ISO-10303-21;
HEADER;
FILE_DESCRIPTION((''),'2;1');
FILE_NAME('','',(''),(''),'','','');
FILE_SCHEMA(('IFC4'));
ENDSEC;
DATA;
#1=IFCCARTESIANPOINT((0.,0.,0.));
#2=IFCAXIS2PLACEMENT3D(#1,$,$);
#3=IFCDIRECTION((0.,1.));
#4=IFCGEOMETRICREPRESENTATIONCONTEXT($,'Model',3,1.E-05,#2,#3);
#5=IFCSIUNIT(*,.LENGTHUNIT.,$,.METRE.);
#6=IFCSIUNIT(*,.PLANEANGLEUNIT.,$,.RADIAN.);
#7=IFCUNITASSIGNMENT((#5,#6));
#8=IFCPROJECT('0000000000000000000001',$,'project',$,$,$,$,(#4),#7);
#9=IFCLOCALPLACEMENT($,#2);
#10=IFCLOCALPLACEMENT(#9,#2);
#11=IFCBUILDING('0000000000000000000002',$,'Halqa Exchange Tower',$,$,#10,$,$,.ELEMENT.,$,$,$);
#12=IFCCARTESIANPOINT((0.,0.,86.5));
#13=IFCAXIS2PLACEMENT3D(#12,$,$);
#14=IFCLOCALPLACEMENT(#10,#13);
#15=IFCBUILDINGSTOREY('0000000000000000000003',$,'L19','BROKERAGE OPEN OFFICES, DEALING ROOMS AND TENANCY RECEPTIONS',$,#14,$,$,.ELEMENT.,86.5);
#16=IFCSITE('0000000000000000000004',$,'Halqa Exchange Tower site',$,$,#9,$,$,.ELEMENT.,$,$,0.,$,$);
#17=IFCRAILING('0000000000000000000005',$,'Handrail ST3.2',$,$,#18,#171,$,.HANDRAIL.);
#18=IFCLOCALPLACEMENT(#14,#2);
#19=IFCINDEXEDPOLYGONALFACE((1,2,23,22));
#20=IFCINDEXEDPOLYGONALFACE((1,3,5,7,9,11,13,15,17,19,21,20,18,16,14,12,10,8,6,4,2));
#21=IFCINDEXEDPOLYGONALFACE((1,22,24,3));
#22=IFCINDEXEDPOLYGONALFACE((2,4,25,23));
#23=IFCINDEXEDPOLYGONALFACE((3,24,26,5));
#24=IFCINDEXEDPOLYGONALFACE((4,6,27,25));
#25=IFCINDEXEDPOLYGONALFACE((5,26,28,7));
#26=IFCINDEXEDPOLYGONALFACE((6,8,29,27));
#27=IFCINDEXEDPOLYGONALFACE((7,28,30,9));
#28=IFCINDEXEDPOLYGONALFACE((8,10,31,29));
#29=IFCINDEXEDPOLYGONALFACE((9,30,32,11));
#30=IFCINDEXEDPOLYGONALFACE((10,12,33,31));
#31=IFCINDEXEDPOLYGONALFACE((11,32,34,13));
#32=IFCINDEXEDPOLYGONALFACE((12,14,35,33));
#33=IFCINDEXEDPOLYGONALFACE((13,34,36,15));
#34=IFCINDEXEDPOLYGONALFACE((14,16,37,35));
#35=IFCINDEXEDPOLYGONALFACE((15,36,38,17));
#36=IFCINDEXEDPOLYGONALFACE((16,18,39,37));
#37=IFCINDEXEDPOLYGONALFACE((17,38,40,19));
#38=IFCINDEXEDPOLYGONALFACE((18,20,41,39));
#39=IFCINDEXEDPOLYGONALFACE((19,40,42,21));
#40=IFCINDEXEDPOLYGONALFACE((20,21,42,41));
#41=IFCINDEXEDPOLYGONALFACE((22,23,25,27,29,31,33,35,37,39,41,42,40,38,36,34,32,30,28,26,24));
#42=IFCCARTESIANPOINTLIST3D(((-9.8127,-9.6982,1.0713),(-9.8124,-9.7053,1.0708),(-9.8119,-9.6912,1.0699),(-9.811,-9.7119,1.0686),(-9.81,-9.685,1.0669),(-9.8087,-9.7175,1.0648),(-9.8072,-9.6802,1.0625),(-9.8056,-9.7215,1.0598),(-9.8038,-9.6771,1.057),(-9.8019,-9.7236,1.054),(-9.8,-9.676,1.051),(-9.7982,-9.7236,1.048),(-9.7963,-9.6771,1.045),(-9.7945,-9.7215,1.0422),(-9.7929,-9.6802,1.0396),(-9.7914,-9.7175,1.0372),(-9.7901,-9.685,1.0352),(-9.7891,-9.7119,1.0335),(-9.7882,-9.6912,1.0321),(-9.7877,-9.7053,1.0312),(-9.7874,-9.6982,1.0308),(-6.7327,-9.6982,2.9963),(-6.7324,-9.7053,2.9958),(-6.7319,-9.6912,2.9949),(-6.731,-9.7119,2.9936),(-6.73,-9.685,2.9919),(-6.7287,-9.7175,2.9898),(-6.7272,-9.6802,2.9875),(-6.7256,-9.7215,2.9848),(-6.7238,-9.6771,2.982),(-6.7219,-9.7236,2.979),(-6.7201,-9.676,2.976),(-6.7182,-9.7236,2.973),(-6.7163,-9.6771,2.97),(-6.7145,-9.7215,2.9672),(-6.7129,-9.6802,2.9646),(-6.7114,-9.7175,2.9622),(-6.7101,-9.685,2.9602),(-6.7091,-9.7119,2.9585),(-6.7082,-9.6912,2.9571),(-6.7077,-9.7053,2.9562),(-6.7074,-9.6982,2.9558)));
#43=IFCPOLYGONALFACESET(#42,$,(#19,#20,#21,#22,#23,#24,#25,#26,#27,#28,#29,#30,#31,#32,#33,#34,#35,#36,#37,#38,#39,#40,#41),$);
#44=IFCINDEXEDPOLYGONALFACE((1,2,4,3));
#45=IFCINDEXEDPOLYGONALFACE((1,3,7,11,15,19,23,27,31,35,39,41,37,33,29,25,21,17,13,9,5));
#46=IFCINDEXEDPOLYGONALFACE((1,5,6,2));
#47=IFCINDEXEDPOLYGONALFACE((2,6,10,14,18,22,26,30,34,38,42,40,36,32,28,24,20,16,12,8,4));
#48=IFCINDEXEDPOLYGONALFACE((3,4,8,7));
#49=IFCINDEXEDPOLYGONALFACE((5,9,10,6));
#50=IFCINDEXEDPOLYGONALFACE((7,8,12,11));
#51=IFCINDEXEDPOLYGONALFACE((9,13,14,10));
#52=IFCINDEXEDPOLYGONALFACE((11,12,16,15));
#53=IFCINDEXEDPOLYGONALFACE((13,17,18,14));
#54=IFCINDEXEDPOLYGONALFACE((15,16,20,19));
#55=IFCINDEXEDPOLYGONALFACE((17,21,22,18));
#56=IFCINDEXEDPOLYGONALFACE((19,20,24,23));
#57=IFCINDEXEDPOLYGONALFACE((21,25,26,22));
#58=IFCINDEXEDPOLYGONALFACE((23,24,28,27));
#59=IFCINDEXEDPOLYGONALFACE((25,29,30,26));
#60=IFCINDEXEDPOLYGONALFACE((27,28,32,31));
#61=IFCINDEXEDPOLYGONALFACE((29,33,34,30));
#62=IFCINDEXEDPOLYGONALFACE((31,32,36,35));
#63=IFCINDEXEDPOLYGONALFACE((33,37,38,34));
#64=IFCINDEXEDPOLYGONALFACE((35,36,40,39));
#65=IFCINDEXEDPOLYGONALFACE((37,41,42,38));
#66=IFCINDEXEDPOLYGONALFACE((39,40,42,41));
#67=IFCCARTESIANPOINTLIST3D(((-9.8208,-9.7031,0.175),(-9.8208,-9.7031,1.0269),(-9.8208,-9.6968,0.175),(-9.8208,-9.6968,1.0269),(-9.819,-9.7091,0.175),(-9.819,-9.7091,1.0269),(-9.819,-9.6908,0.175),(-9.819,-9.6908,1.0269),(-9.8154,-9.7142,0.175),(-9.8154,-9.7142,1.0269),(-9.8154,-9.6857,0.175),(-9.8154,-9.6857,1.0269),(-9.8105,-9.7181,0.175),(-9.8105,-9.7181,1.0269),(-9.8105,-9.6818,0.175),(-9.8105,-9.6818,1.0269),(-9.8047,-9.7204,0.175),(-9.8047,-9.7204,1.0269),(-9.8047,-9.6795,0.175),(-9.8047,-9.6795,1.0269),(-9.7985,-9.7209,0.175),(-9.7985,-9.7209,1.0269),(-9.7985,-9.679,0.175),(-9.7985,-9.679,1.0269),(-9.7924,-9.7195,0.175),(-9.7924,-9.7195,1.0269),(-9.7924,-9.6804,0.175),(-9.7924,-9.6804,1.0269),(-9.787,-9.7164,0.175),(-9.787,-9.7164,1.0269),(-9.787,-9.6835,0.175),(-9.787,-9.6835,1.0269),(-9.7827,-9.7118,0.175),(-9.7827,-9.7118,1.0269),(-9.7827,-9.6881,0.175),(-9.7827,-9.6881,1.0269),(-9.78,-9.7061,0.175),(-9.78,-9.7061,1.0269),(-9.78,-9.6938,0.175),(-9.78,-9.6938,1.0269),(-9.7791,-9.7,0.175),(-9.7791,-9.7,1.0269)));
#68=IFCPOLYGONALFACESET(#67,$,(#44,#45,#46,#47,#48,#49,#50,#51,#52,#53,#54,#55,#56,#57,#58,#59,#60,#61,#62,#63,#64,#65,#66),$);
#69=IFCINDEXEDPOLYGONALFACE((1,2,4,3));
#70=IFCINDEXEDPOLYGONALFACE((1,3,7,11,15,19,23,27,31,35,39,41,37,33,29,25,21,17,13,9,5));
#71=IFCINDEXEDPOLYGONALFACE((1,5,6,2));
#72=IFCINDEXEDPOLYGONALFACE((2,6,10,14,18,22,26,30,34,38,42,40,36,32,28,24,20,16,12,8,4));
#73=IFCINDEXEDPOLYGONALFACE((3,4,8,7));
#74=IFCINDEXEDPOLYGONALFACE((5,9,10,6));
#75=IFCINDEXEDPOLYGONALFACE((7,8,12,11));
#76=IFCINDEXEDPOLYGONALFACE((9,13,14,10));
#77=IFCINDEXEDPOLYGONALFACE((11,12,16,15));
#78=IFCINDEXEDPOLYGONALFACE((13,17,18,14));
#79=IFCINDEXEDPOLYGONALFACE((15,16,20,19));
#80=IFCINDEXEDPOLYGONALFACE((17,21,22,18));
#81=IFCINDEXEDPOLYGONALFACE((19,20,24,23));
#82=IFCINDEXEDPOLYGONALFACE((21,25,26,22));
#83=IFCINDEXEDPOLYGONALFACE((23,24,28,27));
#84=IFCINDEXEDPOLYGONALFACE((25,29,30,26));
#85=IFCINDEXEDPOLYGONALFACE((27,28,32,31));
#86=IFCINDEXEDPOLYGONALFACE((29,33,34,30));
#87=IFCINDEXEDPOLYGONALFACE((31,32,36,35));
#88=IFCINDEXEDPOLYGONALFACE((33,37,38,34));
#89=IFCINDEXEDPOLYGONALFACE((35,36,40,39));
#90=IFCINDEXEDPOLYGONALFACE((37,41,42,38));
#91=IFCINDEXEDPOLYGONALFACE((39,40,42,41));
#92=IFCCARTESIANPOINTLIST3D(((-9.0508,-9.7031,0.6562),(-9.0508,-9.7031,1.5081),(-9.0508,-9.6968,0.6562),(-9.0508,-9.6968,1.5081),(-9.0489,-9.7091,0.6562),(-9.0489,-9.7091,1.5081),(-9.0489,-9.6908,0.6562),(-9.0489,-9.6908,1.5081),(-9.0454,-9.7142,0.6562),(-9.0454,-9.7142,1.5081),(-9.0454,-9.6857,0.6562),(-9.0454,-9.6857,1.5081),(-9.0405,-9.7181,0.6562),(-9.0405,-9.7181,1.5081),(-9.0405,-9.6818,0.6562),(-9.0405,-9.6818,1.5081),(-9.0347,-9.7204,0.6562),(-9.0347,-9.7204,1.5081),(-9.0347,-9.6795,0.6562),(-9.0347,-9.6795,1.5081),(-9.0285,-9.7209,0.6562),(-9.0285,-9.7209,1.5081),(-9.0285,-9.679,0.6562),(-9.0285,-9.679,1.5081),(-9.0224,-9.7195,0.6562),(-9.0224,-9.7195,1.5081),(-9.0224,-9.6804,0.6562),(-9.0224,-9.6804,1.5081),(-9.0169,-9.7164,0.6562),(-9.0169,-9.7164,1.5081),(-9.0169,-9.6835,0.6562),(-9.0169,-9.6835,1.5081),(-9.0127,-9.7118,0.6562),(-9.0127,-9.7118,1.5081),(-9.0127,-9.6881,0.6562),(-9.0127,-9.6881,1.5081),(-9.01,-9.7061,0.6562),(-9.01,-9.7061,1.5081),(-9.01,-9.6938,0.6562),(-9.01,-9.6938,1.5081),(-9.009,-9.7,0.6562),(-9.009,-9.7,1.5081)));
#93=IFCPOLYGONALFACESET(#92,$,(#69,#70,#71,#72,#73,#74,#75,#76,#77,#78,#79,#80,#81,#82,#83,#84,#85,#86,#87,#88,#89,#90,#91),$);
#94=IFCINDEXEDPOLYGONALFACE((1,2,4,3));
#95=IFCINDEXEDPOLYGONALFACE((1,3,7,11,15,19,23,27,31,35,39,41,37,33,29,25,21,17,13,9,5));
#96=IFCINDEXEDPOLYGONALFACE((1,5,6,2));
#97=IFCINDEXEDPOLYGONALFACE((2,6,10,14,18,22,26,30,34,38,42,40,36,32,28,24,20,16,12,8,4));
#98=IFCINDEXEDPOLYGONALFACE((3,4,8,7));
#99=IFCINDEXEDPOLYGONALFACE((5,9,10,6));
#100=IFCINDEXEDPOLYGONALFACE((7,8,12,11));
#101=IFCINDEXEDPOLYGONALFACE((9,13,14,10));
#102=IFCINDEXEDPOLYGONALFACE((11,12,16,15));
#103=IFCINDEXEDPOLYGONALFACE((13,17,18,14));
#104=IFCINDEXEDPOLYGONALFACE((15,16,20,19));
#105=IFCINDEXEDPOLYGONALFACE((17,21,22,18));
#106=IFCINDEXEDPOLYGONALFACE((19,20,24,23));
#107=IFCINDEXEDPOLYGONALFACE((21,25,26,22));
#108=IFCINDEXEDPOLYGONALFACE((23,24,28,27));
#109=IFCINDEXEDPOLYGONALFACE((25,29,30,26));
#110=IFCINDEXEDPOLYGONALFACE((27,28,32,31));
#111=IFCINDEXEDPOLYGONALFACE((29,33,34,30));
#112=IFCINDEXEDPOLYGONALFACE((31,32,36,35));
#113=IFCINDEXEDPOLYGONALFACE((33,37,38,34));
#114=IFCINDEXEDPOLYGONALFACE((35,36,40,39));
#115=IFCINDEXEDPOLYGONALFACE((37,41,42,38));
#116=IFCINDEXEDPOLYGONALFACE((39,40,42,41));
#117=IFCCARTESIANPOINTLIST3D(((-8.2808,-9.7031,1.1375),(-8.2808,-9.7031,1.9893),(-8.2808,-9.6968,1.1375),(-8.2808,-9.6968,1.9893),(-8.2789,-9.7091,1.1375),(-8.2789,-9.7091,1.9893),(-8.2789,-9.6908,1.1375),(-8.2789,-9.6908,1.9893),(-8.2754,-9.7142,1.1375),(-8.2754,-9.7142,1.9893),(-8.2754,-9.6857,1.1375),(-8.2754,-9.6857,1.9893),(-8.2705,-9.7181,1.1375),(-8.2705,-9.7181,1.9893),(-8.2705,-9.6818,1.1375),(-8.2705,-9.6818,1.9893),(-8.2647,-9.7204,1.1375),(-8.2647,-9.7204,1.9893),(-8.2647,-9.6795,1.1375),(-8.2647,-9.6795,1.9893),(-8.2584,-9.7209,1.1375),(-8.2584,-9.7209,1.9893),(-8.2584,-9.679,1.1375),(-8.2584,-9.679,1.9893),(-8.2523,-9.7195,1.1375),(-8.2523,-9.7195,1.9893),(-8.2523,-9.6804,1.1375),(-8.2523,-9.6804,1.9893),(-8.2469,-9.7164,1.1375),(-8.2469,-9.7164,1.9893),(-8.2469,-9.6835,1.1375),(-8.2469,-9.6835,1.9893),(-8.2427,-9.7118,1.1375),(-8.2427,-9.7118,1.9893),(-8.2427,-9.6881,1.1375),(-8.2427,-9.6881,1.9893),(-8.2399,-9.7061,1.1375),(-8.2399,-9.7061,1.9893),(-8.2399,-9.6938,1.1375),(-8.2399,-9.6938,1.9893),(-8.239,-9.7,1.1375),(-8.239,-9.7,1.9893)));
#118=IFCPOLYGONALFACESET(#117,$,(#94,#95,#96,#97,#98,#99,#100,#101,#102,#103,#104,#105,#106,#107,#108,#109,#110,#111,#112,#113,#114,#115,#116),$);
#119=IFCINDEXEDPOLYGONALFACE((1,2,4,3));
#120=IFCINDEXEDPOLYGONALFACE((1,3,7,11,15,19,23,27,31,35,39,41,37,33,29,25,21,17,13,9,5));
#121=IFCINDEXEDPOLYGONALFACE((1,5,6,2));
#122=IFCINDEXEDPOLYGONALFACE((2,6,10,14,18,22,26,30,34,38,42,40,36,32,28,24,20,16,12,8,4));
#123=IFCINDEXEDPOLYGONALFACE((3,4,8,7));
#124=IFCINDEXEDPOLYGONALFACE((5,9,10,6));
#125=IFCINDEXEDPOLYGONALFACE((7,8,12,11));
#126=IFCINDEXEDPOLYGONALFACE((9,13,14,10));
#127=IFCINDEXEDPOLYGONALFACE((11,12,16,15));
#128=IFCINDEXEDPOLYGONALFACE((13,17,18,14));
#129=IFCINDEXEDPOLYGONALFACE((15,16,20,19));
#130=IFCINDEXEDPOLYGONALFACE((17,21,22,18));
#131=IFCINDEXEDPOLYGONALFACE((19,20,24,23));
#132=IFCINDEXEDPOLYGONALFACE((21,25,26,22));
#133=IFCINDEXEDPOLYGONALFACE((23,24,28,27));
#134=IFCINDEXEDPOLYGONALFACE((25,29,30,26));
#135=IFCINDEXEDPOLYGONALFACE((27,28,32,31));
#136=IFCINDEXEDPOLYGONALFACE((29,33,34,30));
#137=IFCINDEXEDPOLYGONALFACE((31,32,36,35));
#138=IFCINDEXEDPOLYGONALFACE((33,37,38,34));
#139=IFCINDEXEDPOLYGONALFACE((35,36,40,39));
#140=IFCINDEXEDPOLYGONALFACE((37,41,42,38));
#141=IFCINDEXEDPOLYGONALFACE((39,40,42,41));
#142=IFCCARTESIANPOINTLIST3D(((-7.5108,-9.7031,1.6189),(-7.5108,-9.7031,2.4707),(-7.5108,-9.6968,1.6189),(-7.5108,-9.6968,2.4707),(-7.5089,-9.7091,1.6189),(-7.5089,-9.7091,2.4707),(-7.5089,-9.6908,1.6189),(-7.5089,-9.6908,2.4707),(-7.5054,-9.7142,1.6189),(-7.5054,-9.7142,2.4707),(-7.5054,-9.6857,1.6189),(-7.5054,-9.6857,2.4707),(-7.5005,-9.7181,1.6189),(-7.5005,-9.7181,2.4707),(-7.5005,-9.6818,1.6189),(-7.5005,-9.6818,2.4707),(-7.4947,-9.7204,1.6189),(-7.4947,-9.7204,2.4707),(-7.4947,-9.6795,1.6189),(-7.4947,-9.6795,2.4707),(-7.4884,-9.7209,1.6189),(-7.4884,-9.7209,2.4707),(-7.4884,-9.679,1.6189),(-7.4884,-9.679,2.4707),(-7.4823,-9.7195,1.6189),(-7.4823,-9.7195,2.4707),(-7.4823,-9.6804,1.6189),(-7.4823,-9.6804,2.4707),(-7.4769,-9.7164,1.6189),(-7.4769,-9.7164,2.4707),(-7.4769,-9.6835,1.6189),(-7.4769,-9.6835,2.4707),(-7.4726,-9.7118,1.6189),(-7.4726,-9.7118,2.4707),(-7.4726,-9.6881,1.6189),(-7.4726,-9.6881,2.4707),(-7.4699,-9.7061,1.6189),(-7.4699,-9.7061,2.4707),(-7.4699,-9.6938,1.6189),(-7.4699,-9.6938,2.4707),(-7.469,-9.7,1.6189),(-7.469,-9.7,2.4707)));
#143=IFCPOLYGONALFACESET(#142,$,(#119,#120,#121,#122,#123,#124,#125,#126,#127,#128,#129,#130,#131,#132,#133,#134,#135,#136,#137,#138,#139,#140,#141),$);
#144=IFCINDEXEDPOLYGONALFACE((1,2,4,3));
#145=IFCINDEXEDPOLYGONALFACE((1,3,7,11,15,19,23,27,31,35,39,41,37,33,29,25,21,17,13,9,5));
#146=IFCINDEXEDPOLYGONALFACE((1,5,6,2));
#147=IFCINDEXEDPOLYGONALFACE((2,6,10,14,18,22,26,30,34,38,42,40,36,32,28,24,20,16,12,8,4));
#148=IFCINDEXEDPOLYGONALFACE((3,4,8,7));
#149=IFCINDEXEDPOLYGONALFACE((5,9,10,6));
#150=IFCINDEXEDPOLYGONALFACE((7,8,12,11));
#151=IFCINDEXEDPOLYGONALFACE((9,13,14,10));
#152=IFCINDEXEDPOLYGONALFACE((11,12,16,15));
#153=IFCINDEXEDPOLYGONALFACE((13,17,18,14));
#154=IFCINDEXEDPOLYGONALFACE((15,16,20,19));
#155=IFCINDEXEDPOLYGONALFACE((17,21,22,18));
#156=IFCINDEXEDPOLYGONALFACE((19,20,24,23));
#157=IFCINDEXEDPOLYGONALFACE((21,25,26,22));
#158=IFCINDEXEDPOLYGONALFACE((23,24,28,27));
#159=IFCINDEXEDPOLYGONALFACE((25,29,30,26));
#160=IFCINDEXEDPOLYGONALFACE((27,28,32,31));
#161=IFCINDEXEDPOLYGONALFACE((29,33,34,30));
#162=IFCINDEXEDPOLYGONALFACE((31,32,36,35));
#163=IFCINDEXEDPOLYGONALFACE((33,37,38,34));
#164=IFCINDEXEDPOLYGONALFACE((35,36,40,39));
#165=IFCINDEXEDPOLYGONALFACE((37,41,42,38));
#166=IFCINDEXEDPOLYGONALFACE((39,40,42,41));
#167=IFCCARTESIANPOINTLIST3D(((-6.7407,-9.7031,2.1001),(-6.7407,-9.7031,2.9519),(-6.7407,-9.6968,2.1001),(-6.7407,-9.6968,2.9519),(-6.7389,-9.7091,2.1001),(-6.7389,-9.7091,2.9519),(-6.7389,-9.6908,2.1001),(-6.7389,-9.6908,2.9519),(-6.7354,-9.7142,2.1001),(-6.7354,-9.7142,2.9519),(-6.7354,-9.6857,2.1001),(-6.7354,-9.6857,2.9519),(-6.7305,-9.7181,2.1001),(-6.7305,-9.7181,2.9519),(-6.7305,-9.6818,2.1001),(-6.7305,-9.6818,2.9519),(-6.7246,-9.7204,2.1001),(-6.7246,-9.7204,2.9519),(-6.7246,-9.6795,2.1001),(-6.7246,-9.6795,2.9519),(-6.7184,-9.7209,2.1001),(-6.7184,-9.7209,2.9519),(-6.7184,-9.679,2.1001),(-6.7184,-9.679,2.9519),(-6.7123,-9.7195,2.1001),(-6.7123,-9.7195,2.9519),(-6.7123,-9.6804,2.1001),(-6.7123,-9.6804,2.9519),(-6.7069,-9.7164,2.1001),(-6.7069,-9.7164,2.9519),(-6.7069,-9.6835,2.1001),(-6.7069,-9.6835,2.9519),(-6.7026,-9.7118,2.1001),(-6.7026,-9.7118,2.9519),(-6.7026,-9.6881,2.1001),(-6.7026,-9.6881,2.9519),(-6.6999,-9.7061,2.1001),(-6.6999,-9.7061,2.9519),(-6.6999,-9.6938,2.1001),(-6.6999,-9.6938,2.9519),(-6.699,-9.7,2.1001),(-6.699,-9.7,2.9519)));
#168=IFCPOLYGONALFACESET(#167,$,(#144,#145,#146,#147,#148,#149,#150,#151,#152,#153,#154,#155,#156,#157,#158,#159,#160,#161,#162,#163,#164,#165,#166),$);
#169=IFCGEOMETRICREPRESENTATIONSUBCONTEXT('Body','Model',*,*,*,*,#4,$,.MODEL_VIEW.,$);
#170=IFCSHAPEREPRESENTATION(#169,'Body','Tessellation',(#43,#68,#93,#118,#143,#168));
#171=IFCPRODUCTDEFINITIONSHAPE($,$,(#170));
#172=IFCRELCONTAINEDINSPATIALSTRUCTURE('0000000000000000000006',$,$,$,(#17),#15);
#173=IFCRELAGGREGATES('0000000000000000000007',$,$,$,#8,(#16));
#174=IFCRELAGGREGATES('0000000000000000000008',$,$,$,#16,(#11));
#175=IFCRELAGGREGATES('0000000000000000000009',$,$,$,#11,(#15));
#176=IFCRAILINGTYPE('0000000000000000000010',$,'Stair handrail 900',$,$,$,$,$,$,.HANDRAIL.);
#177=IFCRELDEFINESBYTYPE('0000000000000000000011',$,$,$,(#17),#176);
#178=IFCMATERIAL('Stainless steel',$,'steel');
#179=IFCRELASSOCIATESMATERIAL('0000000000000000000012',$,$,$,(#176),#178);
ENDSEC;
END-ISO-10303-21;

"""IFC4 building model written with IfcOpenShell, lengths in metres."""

from ifc_helpers import new_model, si_unit, direction, frame, origin, origin_2d, place, context, subcontext, project, spatial, circle, extrude, material, type_object, element, save


model = new_model("IFC4")

# Units and contexts
model_context = context("Model", 3, precision=1e-05, world=origin(), true_north=direction((0.0, 1.0)))
body_context = subcontext(model_context, "Body", "Model", "MODEL_VIEW")
ifc_project = project(units=[si_unit("LENGTHUNIT", "METRE"), si_unit("PLANEANGLEUNIT", "RADIAN")], contexts=[model_context])

# Site, building, storey
site_placement = place(None, origin())
site = spatial("IfcSite", under=ifc_project, at=site_placement, Name="Halqa Exchange Tower site", CompositionType="ELEMENT", RefElevation=0.0)
building_placement = place(site_placement, origin())
building = spatial("IfcBuilding", under=site, at=building_placement, Name="Halqa Exchange Tower", CompositionType="ELEMENT")
storey_placement = place(building_placement, frame((0.0, 0.0, 86.5)))
storey = spatial("IfcBuildingStorey", under=building, at=storey_placement, Name="L19", Description="BROKERAGE OPEN OFFICES, DEALING ROOMS AND TENANCY RECEPTIONS", CompositionType="ELEMENT", Elevation=86.5)

# Shared definitions
ifc_material_1 = material(Name="Stainless steel", Category="steel")

# Railing
railing_type_1 = type_object("IfcRailingType", Name="Stair handrail 900", PredefinedType="HANDRAIL", material=ifc_material_1)
railing_1_placement = place(storey_placement, frame((-9.8, -9.7, 0.175)))
element("IfcRailing", 1, at=railing_1_placement, inside=storey, type_object=railing_type_1, Name="Handrail ST3.2", PredefinedType="HANDRAIL", context=body_context, shape_type="SweptSolid", body=[
    extrude(circle(Radius=0.0239, at=origin_2d()), frame((0.0, 0.0, 0.876), z_axis=(0.847998, 0.0, 0.529999), x_axis=(0.0, 1.0, 0.0)), (0.0, 0.0, 1.0), 3.6321),
    extrude(circle(Radius=0.021, at=origin_2d()), origin(), (0.0, 0.0, 1.0), 0.8518),
    extrude(circle(Radius=0.021, at=origin_2d()), frame((0.77, 0.0, 0.4812)), (0.0, 0.0, 1.0), 0.8518),
    extrude(circle(Radius=0.021, at=origin_2d()), frame((1.54, 0.0, 0.9624)), (0.0, 0.0, 1.0), 0.8518),
    extrude(circle(Radius=0.021, at=origin_2d()), frame((2.3101, 0.0, 1.4438)), (0.0, 0.0, 1.0), 0.8518),
    extrude(circle(Radius=0.021, at=origin_2d()), frame((3.0801, 0.0, 1.925)), (0.0, 0.0, 1.0), 0.8518),
])

save(model, "model.ifc")
